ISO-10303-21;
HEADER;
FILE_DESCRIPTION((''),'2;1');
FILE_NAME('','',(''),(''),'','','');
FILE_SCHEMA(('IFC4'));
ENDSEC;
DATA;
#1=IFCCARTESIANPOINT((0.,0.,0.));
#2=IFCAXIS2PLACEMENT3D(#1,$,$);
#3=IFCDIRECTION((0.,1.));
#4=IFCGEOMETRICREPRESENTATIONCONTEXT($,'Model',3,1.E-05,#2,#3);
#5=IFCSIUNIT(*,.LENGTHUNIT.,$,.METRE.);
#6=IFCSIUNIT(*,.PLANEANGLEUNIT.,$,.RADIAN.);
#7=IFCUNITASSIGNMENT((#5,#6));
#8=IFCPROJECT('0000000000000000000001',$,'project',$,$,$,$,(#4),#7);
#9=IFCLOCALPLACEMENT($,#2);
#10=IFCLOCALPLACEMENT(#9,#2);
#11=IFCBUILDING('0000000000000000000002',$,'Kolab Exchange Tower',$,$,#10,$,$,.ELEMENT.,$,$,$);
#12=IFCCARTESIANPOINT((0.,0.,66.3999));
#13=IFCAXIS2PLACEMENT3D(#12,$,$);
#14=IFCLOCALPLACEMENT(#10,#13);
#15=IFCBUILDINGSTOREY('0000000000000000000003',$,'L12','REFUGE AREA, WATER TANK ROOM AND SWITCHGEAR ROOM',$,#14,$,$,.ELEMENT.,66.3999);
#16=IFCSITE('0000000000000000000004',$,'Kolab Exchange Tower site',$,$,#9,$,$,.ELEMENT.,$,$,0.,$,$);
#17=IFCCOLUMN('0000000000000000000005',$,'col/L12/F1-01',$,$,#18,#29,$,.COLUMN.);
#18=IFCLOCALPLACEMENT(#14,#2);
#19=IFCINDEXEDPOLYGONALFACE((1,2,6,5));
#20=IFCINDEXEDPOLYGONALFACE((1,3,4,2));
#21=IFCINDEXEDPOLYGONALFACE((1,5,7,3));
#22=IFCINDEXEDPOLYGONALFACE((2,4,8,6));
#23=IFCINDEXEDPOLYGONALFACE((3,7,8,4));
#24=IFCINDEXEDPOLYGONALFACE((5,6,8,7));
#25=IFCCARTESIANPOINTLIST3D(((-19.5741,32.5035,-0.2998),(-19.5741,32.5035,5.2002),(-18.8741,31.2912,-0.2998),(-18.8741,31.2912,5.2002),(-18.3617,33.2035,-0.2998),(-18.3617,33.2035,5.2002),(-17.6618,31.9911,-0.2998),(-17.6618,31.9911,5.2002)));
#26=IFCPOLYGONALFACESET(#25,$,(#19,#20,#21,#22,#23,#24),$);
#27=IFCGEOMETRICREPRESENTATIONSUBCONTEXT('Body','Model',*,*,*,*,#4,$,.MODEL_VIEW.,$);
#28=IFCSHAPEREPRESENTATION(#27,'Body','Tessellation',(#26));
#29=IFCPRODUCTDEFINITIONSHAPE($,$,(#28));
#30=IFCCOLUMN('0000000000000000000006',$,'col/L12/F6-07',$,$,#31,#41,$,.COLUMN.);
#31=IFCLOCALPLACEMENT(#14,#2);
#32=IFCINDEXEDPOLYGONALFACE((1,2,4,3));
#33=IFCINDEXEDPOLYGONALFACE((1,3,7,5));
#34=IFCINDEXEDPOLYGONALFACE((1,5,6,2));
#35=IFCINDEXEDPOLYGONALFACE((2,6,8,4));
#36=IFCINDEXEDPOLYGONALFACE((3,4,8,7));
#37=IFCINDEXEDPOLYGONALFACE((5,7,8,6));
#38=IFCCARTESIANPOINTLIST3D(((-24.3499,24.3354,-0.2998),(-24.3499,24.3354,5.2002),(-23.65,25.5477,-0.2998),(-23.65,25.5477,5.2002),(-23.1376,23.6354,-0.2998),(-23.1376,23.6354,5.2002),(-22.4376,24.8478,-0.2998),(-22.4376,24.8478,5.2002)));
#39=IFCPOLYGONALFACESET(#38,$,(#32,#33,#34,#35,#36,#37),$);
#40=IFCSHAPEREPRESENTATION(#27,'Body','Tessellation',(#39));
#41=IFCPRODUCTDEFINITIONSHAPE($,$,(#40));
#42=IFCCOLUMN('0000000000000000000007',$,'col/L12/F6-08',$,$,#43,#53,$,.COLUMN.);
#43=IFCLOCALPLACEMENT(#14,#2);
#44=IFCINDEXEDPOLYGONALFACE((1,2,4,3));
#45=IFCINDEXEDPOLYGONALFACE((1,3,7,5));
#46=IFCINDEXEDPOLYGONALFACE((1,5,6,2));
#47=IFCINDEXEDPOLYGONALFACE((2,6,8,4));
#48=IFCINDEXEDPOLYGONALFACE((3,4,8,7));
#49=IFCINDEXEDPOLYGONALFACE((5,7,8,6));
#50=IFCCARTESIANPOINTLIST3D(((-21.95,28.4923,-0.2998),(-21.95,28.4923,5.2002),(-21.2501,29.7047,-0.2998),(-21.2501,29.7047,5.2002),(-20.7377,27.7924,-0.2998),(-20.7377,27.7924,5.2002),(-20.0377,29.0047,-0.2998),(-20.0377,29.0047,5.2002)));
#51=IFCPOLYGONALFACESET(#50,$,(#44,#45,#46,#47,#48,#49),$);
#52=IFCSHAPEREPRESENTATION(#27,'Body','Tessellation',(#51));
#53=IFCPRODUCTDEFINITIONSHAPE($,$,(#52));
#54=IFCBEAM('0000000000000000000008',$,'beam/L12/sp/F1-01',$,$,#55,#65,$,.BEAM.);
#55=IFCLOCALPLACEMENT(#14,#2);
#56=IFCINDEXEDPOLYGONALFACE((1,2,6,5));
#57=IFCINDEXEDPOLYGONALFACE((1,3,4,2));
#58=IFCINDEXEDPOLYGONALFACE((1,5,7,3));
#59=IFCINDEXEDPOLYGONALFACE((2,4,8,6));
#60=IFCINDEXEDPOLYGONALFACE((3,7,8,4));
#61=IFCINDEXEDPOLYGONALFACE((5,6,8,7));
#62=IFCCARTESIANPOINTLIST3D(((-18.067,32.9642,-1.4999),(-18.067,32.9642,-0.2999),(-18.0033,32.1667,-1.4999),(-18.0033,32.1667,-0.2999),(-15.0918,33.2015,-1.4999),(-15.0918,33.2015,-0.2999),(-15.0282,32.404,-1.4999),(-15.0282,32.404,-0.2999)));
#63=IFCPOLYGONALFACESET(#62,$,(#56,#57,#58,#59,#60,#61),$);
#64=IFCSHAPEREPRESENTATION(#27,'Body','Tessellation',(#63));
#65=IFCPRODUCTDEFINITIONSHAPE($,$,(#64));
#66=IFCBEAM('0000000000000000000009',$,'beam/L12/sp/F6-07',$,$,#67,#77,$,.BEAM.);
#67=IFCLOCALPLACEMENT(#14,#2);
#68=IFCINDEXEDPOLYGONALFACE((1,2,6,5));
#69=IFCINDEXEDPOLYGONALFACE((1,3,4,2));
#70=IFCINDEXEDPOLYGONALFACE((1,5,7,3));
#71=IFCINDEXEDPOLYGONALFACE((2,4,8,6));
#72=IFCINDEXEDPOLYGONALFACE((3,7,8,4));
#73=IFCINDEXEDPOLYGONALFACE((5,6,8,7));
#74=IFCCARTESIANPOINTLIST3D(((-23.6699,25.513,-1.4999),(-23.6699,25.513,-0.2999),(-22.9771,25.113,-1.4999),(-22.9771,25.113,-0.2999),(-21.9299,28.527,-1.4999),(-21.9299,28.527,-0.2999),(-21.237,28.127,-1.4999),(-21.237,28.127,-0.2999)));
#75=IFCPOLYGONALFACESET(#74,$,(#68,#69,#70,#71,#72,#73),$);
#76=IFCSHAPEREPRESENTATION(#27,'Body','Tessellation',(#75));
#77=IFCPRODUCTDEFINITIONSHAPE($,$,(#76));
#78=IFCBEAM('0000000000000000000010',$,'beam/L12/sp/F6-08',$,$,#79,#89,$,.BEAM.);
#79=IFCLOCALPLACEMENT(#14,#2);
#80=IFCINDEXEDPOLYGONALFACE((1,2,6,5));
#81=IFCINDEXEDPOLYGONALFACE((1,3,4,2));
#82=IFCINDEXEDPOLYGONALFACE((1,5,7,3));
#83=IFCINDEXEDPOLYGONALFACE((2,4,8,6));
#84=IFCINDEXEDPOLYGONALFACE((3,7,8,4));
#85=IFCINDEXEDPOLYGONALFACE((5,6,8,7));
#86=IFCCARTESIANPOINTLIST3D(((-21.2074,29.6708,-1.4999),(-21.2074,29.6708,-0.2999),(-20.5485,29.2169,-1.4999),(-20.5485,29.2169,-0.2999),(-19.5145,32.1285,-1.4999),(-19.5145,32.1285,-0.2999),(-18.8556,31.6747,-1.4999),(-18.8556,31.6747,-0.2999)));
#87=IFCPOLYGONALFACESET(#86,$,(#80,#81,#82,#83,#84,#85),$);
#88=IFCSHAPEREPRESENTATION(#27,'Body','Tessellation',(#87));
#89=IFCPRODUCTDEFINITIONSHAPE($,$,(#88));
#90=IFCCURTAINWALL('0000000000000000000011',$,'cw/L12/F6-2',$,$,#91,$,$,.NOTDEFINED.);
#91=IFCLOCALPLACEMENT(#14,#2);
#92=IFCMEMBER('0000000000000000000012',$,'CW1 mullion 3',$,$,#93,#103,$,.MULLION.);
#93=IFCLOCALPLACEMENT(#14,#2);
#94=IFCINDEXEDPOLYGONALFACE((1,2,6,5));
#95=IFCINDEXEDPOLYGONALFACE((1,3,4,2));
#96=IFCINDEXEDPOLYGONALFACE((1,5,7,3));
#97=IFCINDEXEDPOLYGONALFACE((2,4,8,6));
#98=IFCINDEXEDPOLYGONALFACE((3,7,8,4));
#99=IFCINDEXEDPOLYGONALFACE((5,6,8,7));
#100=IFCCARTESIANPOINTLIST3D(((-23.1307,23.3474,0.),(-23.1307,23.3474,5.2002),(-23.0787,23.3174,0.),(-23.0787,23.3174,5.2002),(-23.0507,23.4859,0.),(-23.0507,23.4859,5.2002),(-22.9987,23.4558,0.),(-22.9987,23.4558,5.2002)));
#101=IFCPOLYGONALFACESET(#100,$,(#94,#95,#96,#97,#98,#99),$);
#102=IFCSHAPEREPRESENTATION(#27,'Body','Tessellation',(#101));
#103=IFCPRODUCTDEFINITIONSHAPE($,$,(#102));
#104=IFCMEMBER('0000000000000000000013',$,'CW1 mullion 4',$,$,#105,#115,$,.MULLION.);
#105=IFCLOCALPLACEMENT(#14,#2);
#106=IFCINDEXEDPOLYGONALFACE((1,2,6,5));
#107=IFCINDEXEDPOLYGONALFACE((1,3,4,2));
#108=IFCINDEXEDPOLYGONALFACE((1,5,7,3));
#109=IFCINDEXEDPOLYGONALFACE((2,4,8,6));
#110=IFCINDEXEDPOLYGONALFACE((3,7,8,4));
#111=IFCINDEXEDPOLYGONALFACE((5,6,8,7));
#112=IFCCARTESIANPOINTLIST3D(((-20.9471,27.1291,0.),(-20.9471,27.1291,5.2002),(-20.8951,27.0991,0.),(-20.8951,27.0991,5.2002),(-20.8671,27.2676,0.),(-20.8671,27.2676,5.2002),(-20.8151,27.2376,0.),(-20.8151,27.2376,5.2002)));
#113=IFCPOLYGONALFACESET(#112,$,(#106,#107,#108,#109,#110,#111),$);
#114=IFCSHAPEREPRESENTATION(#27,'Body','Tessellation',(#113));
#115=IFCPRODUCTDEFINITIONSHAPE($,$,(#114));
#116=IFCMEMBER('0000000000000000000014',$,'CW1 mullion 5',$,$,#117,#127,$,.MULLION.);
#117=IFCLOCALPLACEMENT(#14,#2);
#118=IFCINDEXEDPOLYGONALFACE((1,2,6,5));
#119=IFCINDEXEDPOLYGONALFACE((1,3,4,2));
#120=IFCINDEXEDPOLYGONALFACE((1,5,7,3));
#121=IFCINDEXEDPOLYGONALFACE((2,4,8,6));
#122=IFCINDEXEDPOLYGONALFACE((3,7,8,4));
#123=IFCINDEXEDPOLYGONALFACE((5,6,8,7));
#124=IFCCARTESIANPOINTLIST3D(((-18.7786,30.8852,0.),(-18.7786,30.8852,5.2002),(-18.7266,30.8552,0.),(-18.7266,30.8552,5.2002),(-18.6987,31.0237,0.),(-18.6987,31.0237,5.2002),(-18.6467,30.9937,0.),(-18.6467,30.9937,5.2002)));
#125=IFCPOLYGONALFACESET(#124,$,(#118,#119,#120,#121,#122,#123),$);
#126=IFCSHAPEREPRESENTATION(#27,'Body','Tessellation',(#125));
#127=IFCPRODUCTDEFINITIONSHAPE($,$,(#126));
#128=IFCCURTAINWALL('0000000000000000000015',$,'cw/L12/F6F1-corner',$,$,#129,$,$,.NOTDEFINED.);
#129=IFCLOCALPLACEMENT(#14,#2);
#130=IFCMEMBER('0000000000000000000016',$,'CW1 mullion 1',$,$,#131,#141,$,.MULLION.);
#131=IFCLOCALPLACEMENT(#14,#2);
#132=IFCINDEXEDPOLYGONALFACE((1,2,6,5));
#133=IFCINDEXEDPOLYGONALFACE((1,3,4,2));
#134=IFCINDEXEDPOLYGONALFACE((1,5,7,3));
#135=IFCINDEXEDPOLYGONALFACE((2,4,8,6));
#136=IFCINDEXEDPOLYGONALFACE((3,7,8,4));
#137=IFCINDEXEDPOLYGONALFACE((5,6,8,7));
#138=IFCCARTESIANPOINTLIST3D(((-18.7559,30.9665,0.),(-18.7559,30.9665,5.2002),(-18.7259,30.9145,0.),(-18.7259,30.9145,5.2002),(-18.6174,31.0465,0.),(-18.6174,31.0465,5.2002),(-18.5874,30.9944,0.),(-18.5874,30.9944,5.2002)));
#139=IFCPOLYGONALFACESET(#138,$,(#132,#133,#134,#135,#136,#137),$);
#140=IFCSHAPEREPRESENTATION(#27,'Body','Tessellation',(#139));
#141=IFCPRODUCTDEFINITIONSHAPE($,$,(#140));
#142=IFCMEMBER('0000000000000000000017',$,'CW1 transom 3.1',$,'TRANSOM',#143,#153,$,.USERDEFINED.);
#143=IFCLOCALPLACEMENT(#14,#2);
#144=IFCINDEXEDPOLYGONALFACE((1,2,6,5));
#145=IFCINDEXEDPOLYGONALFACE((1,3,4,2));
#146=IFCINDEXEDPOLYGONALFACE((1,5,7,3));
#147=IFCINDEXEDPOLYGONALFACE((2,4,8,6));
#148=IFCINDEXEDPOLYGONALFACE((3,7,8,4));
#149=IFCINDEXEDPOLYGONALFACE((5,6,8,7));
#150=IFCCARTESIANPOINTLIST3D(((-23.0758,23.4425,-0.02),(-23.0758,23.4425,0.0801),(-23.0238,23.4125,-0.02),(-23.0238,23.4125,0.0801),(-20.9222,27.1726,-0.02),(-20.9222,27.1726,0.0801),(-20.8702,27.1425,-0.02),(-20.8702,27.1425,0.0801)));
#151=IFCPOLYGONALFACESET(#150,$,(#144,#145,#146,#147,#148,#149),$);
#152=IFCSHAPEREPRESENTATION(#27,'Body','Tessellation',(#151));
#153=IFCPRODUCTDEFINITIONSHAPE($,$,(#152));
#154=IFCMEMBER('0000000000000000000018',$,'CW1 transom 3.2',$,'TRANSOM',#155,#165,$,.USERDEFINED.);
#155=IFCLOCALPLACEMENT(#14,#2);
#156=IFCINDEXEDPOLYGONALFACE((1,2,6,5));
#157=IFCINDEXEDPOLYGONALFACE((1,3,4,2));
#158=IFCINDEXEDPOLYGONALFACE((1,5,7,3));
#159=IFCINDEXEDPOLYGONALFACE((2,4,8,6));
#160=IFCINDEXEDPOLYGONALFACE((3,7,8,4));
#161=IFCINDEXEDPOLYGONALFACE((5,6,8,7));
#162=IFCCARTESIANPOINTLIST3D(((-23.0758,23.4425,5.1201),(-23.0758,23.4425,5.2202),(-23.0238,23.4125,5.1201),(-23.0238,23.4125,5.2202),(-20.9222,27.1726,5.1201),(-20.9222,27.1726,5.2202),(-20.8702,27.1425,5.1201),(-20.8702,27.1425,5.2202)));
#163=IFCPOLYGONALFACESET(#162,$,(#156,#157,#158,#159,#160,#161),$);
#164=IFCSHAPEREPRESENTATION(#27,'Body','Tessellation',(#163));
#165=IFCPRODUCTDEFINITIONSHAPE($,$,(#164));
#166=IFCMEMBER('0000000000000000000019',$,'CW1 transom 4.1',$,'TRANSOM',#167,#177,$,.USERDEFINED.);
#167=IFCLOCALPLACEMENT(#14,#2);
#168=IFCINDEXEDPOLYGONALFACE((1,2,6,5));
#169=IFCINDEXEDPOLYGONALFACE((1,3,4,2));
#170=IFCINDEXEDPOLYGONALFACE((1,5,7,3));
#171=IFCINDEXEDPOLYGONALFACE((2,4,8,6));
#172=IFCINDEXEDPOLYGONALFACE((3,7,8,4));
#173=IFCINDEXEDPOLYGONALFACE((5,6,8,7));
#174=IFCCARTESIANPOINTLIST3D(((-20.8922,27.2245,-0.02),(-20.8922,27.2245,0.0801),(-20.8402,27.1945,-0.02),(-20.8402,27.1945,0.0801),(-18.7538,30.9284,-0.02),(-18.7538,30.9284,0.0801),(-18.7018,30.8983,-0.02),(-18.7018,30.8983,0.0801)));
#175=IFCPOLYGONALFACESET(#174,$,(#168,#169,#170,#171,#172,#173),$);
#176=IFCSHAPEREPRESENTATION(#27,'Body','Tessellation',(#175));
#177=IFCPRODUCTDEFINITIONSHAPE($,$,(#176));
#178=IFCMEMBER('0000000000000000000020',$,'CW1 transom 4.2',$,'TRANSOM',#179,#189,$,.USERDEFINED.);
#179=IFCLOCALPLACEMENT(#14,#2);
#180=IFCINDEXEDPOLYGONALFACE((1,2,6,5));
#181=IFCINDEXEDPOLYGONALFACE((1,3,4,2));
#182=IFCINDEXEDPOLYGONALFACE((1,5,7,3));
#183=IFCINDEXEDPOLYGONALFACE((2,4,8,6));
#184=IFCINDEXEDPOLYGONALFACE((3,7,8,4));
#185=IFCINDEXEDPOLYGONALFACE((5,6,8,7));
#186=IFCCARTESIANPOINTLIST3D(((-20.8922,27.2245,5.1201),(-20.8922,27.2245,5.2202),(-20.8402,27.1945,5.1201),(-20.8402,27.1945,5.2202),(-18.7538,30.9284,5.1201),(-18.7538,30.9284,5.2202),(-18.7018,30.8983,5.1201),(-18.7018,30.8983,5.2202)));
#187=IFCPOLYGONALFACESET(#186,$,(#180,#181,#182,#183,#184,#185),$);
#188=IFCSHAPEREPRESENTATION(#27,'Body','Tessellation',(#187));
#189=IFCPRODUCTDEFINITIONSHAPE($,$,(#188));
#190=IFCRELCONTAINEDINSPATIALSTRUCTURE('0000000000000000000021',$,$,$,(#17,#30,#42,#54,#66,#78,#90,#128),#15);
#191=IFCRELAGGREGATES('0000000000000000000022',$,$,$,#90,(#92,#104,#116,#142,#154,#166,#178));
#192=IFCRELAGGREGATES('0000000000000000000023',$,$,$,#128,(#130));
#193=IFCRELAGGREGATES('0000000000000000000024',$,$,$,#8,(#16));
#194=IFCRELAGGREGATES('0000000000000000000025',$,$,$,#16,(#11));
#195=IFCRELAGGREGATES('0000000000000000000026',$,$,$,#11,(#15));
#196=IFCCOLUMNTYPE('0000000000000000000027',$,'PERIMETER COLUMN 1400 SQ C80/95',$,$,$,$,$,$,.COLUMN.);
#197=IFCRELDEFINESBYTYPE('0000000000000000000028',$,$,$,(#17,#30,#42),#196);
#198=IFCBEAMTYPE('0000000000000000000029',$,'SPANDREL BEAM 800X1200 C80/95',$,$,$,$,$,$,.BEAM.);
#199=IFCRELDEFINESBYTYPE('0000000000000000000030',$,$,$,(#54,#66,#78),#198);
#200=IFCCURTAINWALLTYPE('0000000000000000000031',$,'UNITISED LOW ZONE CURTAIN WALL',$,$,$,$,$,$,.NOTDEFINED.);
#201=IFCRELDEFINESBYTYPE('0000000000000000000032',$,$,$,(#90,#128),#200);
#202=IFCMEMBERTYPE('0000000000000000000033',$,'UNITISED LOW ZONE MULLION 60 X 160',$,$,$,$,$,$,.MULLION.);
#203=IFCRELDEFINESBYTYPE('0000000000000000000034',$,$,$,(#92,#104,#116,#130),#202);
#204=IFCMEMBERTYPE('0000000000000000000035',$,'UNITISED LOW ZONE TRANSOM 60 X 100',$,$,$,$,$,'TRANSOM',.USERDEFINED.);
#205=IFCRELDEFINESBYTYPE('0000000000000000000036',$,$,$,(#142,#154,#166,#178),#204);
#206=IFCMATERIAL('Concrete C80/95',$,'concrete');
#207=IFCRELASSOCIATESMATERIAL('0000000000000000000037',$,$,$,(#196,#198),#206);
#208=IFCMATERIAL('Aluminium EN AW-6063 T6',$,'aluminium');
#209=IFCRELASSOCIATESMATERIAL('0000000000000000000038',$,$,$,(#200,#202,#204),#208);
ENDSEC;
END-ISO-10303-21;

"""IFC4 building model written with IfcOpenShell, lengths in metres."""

from ifc_helpers import new_model, si_unit, direction, frame, origin, origin_2d, place, context, subcontext, project, spatial, rectangle, extrude, material, material_profile, profile_set, type_object, element, aggregate, save


model = new_model("IFC4")

# Units and contexts
model_context = context("Model", 3, precision=1e-05, world=origin(), true_north=direction((0.0, 1.0)))
body_context = subcontext(model_context, "Body", "Model", "MODEL_VIEW")
ifc_project = project(units=[si_unit("LENGTHUNIT", "METRE"), si_unit("PLANEANGLEUNIT", "RADIAN")], contexts=[model_context])

# Site, building, storey
site_placement = place(None, origin())
site = spatial("IfcSite", under=ifc_project, at=site_placement, Name="Kolab Exchange Tower site", CompositionType="ELEMENT", RefElevation=0.0)
building_placement = place(site_placement, origin())
building = spatial("IfcBuilding", under=site, at=building_placement, Name="Kolab Exchange Tower", CompositionType="ELEMENT")
storey_placement = place(building_placement, frame((0.0, 0.0, 66.3999)))
storey = spatial("IfcBuildingStorey", under=building, at=storey_placement, Name="L12", Description="REFUGE AREA, WATER TANK ROOM AND SWITCHGEAR ROOM", CompositionType="ELEMENT", Elevation=66.3999)

# Columns
ifc_material_1 = material(Name="Concrete C80/95", Category="concrete")
ifc_material_profile_1 = material_profile(ifc_material_1, rectangle(XDim=1.3999, YDim=1.3999, at=origin_2d()), Name="RC1400")
ifc_profile_set_1 = profile_set([ifc_material_profile_1], Name="Concrete C80/95")
column_type = type_object("IfcColumnType", Name="PERIMETER COLUMN 1400 SQ C80/95", PredefinedType="COLUMN", material=ifc_profile_set_1)
for number, where, z_axis, x_axis, name in (
    (1, (-18.6179, 32.2473, -0.2998), (0.0, 0.0, 1.0), (0.866025, 0.5, 0.0), "col/L12/F1-01"),
    (2, (-23.3938, 24.5916, -0.2998), (0.0, 0.0, 1.0), (0.5, 0.866025, 0.0), "col/L12/F6-07"),
    (3, (-20.9939, 28.7485, -0.2998), (0.0, 0.0, 1.0), (0.5, 0.866025, 0.0), "col/L12/F6-08"),
):
    element("IfcColumn", number, at=place(storey_placement, frame(where, z_axis=z_axis, x_axis=x_axis)), inside=storey, type_object=column_type, Name=name, PredefinedType="COLUMN", context=body_context, shape_type="SweptSolid", body=[
        extrude(rectangle(XDim=1.3999, YDim=1.3999, at=origin_2d()), origin(), (0.0, 0.0, 1.0), 5.5),
    ])

# Beams
ifc_material_profile_2 = material_profile(ifc_material_1, rectangle(XDim=0.8, YDim=1.2, at=origin_2d()), Name="RC800X1200")
ifc_profile_set_2 = profile_set([ifc_material_profile_2], Name="Concrete C80/95")
beam_type = type_object("IfcBeamType", Name="SPANDREL BEAM 800X1200 C80/95", PredefinedType="BEAM", material=ifc_profile_set_2)
beam_1_placement = place(storey_placement, frame((-18.0352, 32.5654, -0.8999), z_axis=(0.996834, 0.079511, 0.0), x_axis=(-0.079511, 0.996834, 0.0)))
element("IfcBeam", 4, at=beam_1_placement, inside=storey, type_object=beam_type, Name="beam/L12/sp/F1-01", PredefinedType="BEAM", context=body_context, shape_type="SweptSolid", body=[
    extrude(rectangle(XDim=0.8, YDim=1.2, at=origin_2d()), origin(), (0.0, 0.0, 1.0), 2.9846),
])
beam_2_placement = place(storey_placement, frame((-23.3235, 25.313, -0.8999), z_axis=(0.49998, 0.866037, 0.0), x_axis=(-0.866037, 0.49998, 0.0)))
element("IfcBeam", 5, at=beam_2_placement, inside=storey, type_object=beam_type, Name="beam/L12/sp/F6-07", PredefinedType="BEAM", context=body_context, shape_type="SweptSolid", body=[
    extrude(rectangle(XDim=0.8, YDim=1.2, at=origin_2d()), origin(), (0.0, 0.0, 1.0), 3.4802),
])
beam_3_placement = place(storey_placement, frame((-20.8779, 29.4438, -0.8999), z_axis=(0.567247, 0.823548, 0.0), x_axis=(-0.823548, 0.567247, 0.0)))
element("IfcBeam", 6, at=beam_3_placement, inside=storey, type_object=beam_type, Name="beam/L12/sp/F6-08", PredefinedType="BEAM", context=body_context, shape_type="SweptSolid", body=[
    extrude(rectangle(XDim=0.8, YDim=1.2, at=origin_2d()), origin(), (0.0, 0.0, 1.0), 2.9844),
])

# Curtain wall, members
ifc_material_2 = material(Name="Aluminium EN AW-6063 T6", Category="aluminium")
curtain_wall_type = type_object("IfcCurtainWallType", Name="UNITISED LOW ZONE CURTAIN WALL", PredefinedType="NOTDEFINED", material=ifc_material_2)
curtain_wall_1_placement = place(storey_placement, origin())
curtain_wall_1 = element("IfcCurtainWall", 7, at=curtain_wall_1_placement, inside=storey, type_object=curtain_wall_type, Name="cw/L12/F6-2", PredefinedType="NOTDEFINED")
ifc_material_profile_3 = material_profile(ifc_material_2, rectangle(XDim=0.0601, YDim=0.1599, at=origin_2d()), Name="RECT 60X160")
ifc_profile_set_3 = profile_set([ifc_material_profile_3], Name="Aluminium EN AW-6063 T6")
member_type_1 = type_object("IfcMemberType", Name="UNITISED LOW ZONE MULLION 60 X 160", PredefinedType="MULLION", material=ifc_profile_set_3)
member_1_placement = place(storey_placement, frame((-23.0647, 23.4016, 0.0), z_axis=(0.0, 0.0, 1.0), x_axis=(-0.866025, 0.5, 0.0)))
member_1 = element("IfcMember", 8, at=member_1_placement, type_object=member_type_1, Name="CW1 mullion 3", PredefinedType="MULLION", context=body_context, shape_type="SweptSolid", body=[
    extrude(rectangle(XDim=0.0601, YDim=0.1599, at=origin_2d()), origin(), (0.0, 0.0, 1.0), 5.2002),
])
member_2_placement = place(storey_placement, frame((-20.8811, 27.1833, 0.0), z_axis=(0.0, 0.0, 1.0), x_axis=(-0.866025, 0.5, 0.0)))
member_2 = element("IfcMember", 9, at=member_2_placement, type_object=member_type_1, Name="CW1 mullion 4", PredefinedType="MULLION", context=body_context, shape_type="SweptSolid", body=[
    extrude(rectangle(XDim=0.0601, YDim=0.1599, at=origin_2d()), origin(), (0.0, 0.0, 1.0), 5.2002),
])
member_3_placement = place(storey_placement, frame((-18.7126, 30.9395, 0.0), z_axis=(0.0, 0.0, 1.0), x_axis=(-0.866025, 0.5, 0.0)))
member_3 = element("IfcMember", 10, at=member_3_placement, type_object=member_type_1, Name="CW1 mullion 5", PredefinedType="MULLION", context=body_context, shape_type="SweptSolid", body=[
    extrude(rectangle(XDim=0.0601, YDim=0.1599, at=origin_2d()), origin(), (0.0, 0.0, 1.0), 5.2002),
])

# Curtain wall, member
curtain_wall_2_placement = place(storey_placement, origin())
curtain_wall_2 = element("IfcCurtainWall", 11, at=curtain_wall_2_placement, inside=storey, type_object=curtain_wall_type, Name="cw/L12/F6F1-corner", PredefinedType="NOTDEFINED")
member_4_placement = place(storey_placement, frame((-18.6716, 30.9805, 0.0), z_axis=(0.0, 0.0, 1.0), x_axis=(-0.5, 0.866025, 0.0)))
member_4 = element("IfcMember", 12, at=member_4_placement, type_object=member_type_1, Name="CW1 mullion 1", PredefinedType="MULLION", context=body_context, shape_type="SweptSolid", body=[
    extrude(rectangle(XDim=0.0601, YDim=0.1599, at=origin_2d()), origin(), (0.0, 0.0, 1.0), 5.2002),
])

# Members
ifc_material_profile_4 = material_profile(ifc_material_2, rectangle(XDim=0.0601, YDim=0.1001, at=origin_2d()), Name="RECT 60X100")
ifc_profile_set_4 = profile_set([ifc_material_profile_4], Name="Aluminium EN AW-6063 T6")
member_type_2 = type_object("IfcMemberType", Name="UNITISED LOW ZONE TRANSOM 60 X 100", ElementType="TRANSOM", PredefinedType="USERDEFINED", material=ifc_profile_set_4)
member_5_placement = place(storey_placement, frame((-23.0498, 23.4275, 0.03), z_axis=(0.50001, 0.866019, 0.0), x_axis=(-0.866019, 0.50001, 0.0)))
member_5 = element("IfcMember", 13, at=member_5_placement, type_object=member_type_2, Name="CW1 transom 3.1", ObjectType="TRANSOM", PredefinedType="USERDEFINED", context=body_context, shape_type="SweptSolid", body=[
    extrude(rectangle(XDim=0.0601, YDim=0.1001, at=origin_2d()), origin(), (0.0, 0.0, 1.0), 4.3071),
])
member_6_placement = place(storey_placement, frame((-23.0498, 23.4275, 5.1702), z_axis=(0.50001, 0.866019, 0.0), x_axis=(-0.866019, 0.50001, 0.0)))
member_6 = element("IfcMember", 14, at=member_6_placement, type_object=member_type_2, Name="CW1 transom 3.2", ObjectType="TRANSOM", PredefinedType="USERDEFINED", context=body_context, shape_type="SweptSolid", body=[
    extrude(rectangle(XDim=0.0601, YDim=0.1001, at=origin_2d()), origin(), (0.0, 0.0, 1.0), 4.3071),
])
member_7_placement = place(storey_placement, frame((-20.8662, 27.2095, 0.03), z_axis=(0.500001, 0.866025, 0.0), x_axis=(-0.866025, 0.500001, 0.0)))
member_7 = element("IfcMember", 15, at=member_7_placement, type_object=member_type_2, Name="CW1 transom 4.1", ObjectType="TRANSOM", PredefinedType="USERDEFINED", context=body_context, shape_type="SweptSolid", body=[
    extrude(rectangle(XDim=0.0601, YDim=0.1001, at=origin_2d()), origin(), (0.0, 0.0, 1.0), 4.2769),
])
member_8_placement = place(storey_placement, frame((-20.8662, 27.2095, 5.1702), z_axis=(0.500001, 0.866025, 0.0), x_axis=(-0.866025, 0.500001, 0.0)))
member_8 = element("IfcMember", 16, at=member_8_placement, type_object=member_type_2, Name="CW1 transom 4.2", ObjectType="TRANSOM", PredefinedType="USERDEFINED", context=body_context, shape_type="SweptSolid", body=[
    extrude(rectangle(XDim=0.0601, YDim=0.1001, at=origin_2d()), origin(), (0.0, 0.0, 1.0), 4.2769),
])

aggregate(curtain_wall_1, [member_1, member_2, member_3, member_5, member_6, member_7, member_8])
aggregate(curtain_wall_2, [member_4])

save(model, "model.ifc")
